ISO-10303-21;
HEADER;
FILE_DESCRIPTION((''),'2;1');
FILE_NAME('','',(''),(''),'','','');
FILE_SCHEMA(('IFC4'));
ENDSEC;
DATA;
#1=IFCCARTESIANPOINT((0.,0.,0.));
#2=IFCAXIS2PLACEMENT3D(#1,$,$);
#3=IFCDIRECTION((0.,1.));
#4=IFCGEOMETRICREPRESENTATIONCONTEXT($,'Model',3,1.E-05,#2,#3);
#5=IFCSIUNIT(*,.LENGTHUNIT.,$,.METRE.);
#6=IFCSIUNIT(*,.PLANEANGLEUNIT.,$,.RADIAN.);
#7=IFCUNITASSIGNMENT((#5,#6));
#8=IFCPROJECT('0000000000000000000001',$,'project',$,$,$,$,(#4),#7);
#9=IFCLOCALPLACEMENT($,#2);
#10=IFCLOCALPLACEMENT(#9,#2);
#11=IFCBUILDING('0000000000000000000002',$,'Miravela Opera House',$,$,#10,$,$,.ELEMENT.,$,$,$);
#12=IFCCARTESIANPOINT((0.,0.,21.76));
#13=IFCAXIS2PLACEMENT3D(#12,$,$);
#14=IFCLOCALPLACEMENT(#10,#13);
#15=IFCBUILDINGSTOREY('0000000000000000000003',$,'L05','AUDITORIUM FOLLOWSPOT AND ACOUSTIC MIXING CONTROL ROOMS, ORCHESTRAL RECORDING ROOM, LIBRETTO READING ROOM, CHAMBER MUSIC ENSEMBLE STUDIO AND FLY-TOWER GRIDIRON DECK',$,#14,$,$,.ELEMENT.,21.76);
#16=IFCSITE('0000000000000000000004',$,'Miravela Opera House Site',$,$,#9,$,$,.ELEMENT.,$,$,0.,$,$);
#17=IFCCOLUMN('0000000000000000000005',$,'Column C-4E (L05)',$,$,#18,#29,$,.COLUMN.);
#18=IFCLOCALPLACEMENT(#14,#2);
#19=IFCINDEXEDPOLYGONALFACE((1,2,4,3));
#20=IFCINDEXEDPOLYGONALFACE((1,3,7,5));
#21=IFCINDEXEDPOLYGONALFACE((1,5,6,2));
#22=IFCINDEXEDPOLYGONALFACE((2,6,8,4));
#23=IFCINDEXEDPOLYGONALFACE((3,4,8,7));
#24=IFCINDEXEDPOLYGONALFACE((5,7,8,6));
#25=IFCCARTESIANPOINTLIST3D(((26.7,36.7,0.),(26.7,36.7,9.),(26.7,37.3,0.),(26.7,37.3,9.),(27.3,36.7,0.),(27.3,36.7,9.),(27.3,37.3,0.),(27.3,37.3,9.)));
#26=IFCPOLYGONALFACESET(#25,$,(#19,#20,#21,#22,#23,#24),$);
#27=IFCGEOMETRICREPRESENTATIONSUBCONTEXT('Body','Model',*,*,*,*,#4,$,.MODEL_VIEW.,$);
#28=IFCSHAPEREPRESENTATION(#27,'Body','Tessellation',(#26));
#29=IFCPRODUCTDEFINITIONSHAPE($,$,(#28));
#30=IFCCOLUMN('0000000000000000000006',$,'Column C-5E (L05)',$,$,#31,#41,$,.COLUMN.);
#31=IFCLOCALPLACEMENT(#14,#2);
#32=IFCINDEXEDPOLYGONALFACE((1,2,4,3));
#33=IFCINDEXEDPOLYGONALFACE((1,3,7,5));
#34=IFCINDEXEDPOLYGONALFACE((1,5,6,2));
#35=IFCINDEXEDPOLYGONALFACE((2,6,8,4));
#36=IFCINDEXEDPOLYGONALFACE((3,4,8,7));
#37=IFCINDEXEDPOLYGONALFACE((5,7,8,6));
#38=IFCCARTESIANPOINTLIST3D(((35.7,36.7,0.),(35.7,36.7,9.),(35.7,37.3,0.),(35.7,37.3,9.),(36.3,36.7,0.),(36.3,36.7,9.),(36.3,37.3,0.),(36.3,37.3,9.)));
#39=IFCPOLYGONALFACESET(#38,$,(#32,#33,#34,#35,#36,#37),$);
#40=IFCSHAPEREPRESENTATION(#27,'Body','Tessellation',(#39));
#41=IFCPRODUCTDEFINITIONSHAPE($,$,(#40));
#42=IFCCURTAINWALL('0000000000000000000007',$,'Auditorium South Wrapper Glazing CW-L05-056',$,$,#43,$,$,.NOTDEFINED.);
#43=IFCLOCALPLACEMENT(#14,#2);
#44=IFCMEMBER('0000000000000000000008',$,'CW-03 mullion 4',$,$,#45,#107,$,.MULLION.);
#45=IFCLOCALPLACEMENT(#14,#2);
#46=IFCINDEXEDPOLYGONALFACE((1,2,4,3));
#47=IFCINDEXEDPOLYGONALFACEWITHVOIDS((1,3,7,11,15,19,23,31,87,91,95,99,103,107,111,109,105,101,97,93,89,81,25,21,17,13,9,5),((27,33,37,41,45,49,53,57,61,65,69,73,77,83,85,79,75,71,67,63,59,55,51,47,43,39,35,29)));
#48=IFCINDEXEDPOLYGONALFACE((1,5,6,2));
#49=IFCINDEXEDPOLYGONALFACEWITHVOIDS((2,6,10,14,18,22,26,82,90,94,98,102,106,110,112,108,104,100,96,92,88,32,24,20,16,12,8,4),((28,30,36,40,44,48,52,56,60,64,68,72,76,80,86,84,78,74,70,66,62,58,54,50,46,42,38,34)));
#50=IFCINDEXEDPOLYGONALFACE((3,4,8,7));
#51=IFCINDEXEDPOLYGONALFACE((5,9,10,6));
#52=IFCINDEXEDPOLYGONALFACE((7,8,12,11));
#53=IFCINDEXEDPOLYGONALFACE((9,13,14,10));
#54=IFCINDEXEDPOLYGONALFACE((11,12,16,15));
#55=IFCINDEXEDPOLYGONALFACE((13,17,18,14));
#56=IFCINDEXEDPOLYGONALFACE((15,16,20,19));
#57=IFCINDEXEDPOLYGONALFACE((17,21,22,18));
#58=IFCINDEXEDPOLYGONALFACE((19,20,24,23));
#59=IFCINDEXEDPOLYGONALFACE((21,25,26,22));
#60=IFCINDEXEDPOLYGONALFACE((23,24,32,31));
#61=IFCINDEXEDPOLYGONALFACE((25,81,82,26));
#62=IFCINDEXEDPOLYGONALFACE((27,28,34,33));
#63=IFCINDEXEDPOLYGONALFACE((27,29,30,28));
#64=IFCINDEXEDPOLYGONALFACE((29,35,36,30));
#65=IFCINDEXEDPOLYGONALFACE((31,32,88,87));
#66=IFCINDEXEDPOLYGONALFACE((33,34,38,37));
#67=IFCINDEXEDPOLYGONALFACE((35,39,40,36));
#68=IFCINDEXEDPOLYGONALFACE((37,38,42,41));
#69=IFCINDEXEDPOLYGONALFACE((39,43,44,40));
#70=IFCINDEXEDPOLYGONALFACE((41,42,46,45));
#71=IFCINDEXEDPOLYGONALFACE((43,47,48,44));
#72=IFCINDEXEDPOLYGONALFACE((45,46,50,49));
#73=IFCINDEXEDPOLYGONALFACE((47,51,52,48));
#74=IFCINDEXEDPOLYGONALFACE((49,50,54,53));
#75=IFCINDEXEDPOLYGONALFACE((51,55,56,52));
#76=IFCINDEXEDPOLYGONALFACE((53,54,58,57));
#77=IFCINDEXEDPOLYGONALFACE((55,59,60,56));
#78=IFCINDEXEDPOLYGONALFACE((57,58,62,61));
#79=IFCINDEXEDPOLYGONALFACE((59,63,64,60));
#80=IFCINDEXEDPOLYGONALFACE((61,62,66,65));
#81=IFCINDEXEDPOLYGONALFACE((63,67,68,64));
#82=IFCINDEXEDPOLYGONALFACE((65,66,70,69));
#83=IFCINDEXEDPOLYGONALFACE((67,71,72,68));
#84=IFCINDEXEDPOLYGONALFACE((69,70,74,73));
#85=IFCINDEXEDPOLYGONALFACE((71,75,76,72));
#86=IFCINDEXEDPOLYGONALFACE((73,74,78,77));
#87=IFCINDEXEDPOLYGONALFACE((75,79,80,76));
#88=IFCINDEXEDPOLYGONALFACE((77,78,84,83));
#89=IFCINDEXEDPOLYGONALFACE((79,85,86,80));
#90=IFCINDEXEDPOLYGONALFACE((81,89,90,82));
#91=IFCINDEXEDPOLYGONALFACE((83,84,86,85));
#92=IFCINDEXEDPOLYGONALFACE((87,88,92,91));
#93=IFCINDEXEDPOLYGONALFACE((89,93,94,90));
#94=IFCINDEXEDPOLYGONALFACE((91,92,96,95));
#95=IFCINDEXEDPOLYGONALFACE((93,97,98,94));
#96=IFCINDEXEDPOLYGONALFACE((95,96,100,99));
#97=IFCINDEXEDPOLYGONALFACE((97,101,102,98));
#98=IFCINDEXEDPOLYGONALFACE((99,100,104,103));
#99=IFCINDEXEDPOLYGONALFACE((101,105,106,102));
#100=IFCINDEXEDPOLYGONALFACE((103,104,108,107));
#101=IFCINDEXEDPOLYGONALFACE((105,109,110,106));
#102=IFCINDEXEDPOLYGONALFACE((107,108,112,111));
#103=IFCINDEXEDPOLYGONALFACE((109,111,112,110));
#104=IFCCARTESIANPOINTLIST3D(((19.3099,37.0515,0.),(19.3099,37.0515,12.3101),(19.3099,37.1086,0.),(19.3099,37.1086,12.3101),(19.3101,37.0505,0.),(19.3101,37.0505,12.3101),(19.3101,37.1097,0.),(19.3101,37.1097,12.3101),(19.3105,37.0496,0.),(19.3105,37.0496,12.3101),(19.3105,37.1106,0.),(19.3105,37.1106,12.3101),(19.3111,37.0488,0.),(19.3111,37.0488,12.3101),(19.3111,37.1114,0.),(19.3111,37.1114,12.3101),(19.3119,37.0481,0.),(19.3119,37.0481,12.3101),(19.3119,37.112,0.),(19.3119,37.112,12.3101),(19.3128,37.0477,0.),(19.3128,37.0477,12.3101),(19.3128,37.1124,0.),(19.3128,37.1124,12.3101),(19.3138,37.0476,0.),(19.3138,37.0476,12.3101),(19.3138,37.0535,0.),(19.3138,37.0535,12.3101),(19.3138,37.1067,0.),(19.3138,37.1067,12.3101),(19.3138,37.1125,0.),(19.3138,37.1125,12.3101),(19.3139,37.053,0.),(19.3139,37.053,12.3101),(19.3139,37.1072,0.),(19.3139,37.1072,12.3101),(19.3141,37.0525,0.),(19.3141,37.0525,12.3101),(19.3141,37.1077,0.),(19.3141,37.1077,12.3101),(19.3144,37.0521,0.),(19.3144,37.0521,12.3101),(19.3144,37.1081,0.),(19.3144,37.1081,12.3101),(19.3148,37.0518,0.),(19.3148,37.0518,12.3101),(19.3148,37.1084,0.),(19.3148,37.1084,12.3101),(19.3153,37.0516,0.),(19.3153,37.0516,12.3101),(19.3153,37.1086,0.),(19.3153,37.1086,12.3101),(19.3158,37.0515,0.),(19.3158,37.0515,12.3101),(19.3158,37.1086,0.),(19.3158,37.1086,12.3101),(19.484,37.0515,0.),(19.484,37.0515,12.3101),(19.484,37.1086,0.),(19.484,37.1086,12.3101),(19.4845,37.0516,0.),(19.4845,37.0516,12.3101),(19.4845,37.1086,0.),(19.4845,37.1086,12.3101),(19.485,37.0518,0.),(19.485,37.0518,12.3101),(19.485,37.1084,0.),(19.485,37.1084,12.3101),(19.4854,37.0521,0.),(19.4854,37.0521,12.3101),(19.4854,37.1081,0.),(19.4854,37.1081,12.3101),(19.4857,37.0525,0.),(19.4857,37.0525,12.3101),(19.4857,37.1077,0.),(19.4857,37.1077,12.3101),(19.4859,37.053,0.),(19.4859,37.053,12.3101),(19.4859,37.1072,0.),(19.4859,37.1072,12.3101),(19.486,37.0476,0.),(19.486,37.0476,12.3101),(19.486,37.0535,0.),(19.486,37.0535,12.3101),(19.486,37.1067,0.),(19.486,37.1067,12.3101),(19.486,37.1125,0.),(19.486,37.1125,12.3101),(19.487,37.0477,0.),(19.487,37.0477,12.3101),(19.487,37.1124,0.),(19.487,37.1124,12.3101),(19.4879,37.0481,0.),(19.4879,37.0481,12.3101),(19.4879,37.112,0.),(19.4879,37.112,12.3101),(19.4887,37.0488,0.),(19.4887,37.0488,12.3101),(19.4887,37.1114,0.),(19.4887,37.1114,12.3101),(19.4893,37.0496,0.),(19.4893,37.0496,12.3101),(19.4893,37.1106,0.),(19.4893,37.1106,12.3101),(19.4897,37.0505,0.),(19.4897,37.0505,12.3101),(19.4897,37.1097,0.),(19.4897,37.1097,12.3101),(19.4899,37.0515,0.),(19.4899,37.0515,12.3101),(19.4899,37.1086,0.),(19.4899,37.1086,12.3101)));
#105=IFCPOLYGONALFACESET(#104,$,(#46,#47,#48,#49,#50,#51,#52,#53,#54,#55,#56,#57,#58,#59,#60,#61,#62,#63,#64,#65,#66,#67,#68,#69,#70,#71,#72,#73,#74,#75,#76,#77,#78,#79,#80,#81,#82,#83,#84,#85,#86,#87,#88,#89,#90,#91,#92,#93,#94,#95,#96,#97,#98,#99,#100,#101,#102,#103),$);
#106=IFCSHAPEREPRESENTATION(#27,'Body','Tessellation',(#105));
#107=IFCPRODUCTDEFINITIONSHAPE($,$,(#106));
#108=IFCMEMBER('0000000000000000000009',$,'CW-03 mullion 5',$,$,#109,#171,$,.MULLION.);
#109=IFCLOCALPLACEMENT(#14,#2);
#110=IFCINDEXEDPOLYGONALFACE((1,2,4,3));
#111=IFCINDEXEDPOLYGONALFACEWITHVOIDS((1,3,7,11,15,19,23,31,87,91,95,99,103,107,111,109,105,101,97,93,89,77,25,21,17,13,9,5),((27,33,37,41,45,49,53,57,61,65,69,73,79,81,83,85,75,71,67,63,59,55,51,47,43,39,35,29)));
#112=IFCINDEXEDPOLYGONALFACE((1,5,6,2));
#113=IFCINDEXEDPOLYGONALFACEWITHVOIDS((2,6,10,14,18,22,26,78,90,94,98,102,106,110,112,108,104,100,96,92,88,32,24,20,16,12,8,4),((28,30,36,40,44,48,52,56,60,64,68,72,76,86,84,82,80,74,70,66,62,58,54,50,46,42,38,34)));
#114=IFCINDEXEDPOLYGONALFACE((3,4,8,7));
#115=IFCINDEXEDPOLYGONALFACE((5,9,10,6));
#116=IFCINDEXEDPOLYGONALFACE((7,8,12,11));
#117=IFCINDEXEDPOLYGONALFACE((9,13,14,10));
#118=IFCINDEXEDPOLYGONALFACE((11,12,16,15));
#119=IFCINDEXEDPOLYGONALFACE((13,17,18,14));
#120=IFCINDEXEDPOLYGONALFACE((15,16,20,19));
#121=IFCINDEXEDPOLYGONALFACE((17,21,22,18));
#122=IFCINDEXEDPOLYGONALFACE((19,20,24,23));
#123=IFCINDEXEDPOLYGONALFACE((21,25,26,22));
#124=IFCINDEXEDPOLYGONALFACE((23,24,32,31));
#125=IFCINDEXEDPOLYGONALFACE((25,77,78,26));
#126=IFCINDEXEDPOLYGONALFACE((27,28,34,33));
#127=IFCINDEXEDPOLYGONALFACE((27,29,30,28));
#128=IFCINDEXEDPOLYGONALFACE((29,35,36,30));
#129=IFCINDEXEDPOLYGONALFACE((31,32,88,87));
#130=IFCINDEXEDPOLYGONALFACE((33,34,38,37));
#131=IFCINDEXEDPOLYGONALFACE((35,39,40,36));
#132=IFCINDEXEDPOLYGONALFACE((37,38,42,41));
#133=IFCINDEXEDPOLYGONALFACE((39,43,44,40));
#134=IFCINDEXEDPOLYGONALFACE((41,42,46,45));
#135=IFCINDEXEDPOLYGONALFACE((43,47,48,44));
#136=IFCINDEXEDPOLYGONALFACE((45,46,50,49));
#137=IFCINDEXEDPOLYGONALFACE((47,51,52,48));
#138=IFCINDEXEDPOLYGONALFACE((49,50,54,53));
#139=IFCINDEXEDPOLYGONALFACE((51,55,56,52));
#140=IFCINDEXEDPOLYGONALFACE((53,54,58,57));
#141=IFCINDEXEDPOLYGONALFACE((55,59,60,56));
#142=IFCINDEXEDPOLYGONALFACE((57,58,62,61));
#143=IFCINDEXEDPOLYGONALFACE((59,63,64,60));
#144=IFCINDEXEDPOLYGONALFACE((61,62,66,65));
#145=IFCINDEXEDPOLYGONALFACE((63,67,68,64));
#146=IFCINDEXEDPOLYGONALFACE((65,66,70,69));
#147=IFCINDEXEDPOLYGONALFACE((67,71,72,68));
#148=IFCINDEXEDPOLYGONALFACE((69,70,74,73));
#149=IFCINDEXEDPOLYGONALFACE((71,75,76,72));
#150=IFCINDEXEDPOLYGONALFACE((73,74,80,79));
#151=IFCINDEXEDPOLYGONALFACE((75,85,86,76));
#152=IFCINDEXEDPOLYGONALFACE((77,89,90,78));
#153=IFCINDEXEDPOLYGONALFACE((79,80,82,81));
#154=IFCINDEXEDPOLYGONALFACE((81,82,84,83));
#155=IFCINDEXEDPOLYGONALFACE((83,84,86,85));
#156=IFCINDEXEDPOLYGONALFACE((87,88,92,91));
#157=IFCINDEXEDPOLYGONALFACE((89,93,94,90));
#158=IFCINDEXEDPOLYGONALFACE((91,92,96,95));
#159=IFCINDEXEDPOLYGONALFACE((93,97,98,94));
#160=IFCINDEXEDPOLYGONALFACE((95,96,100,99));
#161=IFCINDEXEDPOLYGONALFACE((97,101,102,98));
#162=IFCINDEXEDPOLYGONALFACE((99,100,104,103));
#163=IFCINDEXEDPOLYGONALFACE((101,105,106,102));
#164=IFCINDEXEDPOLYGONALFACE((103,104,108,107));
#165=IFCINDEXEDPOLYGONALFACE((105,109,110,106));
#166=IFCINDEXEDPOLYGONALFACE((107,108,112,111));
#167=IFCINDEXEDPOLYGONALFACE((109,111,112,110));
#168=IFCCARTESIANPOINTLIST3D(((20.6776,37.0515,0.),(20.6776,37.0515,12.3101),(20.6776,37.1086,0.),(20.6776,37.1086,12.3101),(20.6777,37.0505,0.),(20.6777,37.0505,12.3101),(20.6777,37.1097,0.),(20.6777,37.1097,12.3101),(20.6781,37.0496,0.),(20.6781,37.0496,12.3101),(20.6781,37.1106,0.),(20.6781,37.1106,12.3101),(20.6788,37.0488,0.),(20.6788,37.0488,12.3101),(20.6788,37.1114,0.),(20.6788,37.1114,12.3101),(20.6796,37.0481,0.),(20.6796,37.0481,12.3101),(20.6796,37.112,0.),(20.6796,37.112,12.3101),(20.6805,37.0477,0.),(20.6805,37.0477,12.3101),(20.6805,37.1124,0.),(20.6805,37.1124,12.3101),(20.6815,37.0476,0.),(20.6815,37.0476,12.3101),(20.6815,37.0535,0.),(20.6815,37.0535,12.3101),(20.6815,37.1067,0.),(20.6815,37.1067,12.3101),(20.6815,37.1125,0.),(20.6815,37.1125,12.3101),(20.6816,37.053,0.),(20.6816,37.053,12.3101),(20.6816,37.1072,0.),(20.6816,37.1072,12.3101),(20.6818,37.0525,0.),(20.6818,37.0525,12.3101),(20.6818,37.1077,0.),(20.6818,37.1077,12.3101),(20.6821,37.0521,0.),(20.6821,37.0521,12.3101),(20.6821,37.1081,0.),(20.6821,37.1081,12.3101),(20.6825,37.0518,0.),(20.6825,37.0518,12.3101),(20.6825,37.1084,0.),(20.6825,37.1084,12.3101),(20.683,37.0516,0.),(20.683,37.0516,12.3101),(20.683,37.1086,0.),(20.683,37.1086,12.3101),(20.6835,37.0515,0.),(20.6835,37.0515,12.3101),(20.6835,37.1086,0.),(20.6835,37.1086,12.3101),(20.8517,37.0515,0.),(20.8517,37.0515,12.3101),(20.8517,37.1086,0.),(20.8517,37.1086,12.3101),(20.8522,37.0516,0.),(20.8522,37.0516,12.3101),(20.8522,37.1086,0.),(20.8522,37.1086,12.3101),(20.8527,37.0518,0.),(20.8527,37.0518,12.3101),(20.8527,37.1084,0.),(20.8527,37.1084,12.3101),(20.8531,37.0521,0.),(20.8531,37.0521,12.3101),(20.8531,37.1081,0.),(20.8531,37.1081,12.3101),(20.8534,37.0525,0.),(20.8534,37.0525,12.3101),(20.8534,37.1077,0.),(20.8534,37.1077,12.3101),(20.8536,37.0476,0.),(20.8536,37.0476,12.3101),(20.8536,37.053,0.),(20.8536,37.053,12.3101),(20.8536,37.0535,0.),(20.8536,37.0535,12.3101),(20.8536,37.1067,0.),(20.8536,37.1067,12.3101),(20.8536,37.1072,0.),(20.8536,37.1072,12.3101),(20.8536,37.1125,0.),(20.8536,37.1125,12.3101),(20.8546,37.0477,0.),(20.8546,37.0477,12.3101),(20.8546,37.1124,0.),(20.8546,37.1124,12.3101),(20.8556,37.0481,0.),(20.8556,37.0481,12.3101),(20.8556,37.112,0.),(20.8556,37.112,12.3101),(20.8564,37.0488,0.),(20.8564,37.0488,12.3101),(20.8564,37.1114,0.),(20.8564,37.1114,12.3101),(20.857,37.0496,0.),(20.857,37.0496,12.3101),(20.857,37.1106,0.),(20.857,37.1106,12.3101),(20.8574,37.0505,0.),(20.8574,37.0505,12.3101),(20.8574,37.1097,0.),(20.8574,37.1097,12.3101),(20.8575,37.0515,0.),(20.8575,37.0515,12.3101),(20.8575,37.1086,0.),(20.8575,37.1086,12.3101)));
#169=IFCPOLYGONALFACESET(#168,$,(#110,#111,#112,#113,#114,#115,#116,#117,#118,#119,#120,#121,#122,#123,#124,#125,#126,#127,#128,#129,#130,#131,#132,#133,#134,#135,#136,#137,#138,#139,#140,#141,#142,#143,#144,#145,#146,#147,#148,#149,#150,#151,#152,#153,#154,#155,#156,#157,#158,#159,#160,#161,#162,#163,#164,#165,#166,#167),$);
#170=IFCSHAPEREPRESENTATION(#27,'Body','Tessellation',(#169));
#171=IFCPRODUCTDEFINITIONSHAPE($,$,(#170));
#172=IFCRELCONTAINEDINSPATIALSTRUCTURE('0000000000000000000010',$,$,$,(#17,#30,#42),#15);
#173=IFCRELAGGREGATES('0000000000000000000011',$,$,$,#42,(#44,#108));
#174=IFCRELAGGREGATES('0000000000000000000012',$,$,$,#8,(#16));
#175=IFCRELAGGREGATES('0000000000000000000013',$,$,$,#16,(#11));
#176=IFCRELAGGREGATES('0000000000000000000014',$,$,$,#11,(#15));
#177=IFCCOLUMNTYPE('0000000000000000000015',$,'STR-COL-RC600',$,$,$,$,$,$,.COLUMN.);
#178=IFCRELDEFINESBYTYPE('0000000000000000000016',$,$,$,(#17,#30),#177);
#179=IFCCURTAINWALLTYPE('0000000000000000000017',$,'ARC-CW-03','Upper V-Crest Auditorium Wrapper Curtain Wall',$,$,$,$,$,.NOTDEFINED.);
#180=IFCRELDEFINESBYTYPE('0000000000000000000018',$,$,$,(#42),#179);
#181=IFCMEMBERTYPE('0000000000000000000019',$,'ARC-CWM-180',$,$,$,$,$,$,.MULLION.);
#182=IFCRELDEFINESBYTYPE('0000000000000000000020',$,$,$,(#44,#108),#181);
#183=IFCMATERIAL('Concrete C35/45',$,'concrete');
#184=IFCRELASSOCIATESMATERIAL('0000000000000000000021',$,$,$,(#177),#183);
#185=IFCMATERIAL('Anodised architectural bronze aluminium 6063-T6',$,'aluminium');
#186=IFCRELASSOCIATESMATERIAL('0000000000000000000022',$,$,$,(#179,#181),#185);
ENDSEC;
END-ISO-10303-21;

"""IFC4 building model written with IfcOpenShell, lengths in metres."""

from ifc_helpers import new_model, si_unit, direction, frame, origin, origin_2d, place, context, subcontext, project, spatial, rectangle, hollow_rectangle, extrude, material, material_profile, profile_set, type_object, element, aggregate, save


model = new_model("IFC4")

# Units and contexts
model_context = context("Model", 3, precision=1e-05, world=origin(), true_north=direction((0.0, 1.0)))
body_context = subcontext(model_context, "Body", "Model", "MODEL_VIEW")
ifc_project = project(units=[si_unit("LENGTHUNIT", "METRE"), si_unit("PLANEANGLEUNIT", "RADIAN")], contexts=[model_context])

# Site, building, storey
site_placement = place(None, origin())
site = spatial("IfcSite", under=ifc_project, at=site_placement, Name="Miravela Opera House Site", CompositionType="ELEMENT", RefElevation=0.0)
building_placement = place(site_placement, origin())
building = spatial("IfcBuilding", under=site, at=building_placement, Name="Miravela Opera House", CompositionType="ELEMENT")
storey_placement = place(building_placement, frame((0.0, 0.0, 21.76)))
storey = spatial("IfcBuildingStorey", under=building, at=storey_placement, Name="L05", Description="AUDITORIUM FOLLOWSPOT AND ACOUSTIC MIXING CONTROL ROOMS, ORCHESTRAL RECORDING ROOM, LIBRETTO READING ROOM, CHAMBER MUSIC ENSEMBLE STUDIO AND FLY-TOWER GRIDIRON DECK", CompositionType="ELEMENT", Elevation=21.76)

# Columns
ifc_material_1 = material(Name="Concrete C35/45", Category="concrete")
ifc_material_profile_1 = material_profile(ifc_material_1, rectangle(XDim=0.6001, YDim=0.6001, at=origin_2d()), Name="RC-COL-600X600")
ifc_profile_set_1 = profile_set([ifc_material_profile_1])
column_type = type_object("IfcColumnType", Name="STR-COL-RC600", PredefinedType="COLUMN", material=ifc_profile_set_1)
for number, where, z_axis, x_axis, name in (
    (1, (27.0, 37.0, 0.0), (0.0, 0.0, 1.0), (1.0, 0.0, 0.0), "Column C-4E (L05)"),
    (2, (36.0, 37.0, 0.0), (0.0, 0.0, 1.0), (1.0, 0.0, 0.0), "Column C-5E (L05)"),
):
    element("IfcColumn", number, at=place(storey_placement, frame(where, z_axis=z_axis, x_axis=x_axis)), inside=storey, type_object=column_type, Name=name, PredefinedType="COLUMN", context=body_context, shape_type="SweptSolid", body=[
        extrude(rectangle(XDim=0.6001, YDim=0.6001, at=origin_2d()), origin(), (0.0, 0.0, 1.0), 9.0),
    ])

# Curtain wall, members
ifc_material_2 = material(Name="Anodised architectural bronze aluminium 6063-T6", Category="aluminium")
curtain_wall_type = type_object("IfcCurtainWallType", Name="ARC-CW-03", Description="Upper V-Crest Auditorium Wrapper Curtain Wall", PredefinedType="NOTDEFINED", material=ifc_material_2)
curtain_wall_1_placement = place(storey_placement, origin())
curtain_wall_1 = element("IfcCurtainWall", 3, at=curtain_wall_1_placement, inside=storey, type_object=curtain_wall_type, Name="Auditorium South Wrapper Glazing CW-L05-056", PredefinedType="NOTDEFINED")
ifc_material_profile_2 = material_profile(ifc_material_2, hollow_rectangle(XDim=0.0649, YDim=0.1799, WallThickness=0.0039, InnerFilletRadius=0.002, OuterFilletRadius=0.0039, at=origin_2d()), Name="CWM-65X180")
ifc_profile_set_2 = profile_set([ifc_material_profile_2])
member_type_1 = type_object("IfcMemberType", Name="ARC-CWM-180", PredefinedType="MULLION", material=ifc_profile_set_2)
member_1_placement = place(storey_placement, frame((19.3999, 37.0801, 0.0), z_axis=(0.0, 0.0, 1.0), x_axis=(0.0, 1.0, 0.0)))
member_1 = element("IfcMember", 4, at=member_1_placement, type_object=member_type_1, Name="CW-03 mullion 4", PredefinedType="MULLION", context=body_context, shape_type="SweptSolid", body=[
    extrude(hollow_rectangle(XDim=0.0649, YDim=0.1799, WallThickness=0.0039, InnerFilletRadius=0.002, OuterFilletRadius=0.0039, at=origin_2d()), origin(), (0.0, 0.0, 1.0), 12.3101),
])
member_2_placement = place(storey_placement, frame((20.7676, 37.0801, 0.0), z_axis=(0.0, 0.0, 1.0), x_axis=(0.0, 1.0, 0.0)))
member_2 = element("IfcMember", 5, at=member_2_placement, type_object=member_type_1, Name="CW-03 mullion 5", PredefinedType="MULLION", context=body_context, shape_type="SweptSolid", body=[
    extrude(hollow_rectangle(XDim=0.0649, YDim=0.1799, WallThickness=0.0039, InnerFilletRadius=0.002, OuterFilletRadius=0.0039, at=origin_2d()), origin(), (0.0, 0.0, 1.0), 12.3101),
])

aggregate(curtain_wall_1, [member_1, member_2])

save(model, "model.ifc")
